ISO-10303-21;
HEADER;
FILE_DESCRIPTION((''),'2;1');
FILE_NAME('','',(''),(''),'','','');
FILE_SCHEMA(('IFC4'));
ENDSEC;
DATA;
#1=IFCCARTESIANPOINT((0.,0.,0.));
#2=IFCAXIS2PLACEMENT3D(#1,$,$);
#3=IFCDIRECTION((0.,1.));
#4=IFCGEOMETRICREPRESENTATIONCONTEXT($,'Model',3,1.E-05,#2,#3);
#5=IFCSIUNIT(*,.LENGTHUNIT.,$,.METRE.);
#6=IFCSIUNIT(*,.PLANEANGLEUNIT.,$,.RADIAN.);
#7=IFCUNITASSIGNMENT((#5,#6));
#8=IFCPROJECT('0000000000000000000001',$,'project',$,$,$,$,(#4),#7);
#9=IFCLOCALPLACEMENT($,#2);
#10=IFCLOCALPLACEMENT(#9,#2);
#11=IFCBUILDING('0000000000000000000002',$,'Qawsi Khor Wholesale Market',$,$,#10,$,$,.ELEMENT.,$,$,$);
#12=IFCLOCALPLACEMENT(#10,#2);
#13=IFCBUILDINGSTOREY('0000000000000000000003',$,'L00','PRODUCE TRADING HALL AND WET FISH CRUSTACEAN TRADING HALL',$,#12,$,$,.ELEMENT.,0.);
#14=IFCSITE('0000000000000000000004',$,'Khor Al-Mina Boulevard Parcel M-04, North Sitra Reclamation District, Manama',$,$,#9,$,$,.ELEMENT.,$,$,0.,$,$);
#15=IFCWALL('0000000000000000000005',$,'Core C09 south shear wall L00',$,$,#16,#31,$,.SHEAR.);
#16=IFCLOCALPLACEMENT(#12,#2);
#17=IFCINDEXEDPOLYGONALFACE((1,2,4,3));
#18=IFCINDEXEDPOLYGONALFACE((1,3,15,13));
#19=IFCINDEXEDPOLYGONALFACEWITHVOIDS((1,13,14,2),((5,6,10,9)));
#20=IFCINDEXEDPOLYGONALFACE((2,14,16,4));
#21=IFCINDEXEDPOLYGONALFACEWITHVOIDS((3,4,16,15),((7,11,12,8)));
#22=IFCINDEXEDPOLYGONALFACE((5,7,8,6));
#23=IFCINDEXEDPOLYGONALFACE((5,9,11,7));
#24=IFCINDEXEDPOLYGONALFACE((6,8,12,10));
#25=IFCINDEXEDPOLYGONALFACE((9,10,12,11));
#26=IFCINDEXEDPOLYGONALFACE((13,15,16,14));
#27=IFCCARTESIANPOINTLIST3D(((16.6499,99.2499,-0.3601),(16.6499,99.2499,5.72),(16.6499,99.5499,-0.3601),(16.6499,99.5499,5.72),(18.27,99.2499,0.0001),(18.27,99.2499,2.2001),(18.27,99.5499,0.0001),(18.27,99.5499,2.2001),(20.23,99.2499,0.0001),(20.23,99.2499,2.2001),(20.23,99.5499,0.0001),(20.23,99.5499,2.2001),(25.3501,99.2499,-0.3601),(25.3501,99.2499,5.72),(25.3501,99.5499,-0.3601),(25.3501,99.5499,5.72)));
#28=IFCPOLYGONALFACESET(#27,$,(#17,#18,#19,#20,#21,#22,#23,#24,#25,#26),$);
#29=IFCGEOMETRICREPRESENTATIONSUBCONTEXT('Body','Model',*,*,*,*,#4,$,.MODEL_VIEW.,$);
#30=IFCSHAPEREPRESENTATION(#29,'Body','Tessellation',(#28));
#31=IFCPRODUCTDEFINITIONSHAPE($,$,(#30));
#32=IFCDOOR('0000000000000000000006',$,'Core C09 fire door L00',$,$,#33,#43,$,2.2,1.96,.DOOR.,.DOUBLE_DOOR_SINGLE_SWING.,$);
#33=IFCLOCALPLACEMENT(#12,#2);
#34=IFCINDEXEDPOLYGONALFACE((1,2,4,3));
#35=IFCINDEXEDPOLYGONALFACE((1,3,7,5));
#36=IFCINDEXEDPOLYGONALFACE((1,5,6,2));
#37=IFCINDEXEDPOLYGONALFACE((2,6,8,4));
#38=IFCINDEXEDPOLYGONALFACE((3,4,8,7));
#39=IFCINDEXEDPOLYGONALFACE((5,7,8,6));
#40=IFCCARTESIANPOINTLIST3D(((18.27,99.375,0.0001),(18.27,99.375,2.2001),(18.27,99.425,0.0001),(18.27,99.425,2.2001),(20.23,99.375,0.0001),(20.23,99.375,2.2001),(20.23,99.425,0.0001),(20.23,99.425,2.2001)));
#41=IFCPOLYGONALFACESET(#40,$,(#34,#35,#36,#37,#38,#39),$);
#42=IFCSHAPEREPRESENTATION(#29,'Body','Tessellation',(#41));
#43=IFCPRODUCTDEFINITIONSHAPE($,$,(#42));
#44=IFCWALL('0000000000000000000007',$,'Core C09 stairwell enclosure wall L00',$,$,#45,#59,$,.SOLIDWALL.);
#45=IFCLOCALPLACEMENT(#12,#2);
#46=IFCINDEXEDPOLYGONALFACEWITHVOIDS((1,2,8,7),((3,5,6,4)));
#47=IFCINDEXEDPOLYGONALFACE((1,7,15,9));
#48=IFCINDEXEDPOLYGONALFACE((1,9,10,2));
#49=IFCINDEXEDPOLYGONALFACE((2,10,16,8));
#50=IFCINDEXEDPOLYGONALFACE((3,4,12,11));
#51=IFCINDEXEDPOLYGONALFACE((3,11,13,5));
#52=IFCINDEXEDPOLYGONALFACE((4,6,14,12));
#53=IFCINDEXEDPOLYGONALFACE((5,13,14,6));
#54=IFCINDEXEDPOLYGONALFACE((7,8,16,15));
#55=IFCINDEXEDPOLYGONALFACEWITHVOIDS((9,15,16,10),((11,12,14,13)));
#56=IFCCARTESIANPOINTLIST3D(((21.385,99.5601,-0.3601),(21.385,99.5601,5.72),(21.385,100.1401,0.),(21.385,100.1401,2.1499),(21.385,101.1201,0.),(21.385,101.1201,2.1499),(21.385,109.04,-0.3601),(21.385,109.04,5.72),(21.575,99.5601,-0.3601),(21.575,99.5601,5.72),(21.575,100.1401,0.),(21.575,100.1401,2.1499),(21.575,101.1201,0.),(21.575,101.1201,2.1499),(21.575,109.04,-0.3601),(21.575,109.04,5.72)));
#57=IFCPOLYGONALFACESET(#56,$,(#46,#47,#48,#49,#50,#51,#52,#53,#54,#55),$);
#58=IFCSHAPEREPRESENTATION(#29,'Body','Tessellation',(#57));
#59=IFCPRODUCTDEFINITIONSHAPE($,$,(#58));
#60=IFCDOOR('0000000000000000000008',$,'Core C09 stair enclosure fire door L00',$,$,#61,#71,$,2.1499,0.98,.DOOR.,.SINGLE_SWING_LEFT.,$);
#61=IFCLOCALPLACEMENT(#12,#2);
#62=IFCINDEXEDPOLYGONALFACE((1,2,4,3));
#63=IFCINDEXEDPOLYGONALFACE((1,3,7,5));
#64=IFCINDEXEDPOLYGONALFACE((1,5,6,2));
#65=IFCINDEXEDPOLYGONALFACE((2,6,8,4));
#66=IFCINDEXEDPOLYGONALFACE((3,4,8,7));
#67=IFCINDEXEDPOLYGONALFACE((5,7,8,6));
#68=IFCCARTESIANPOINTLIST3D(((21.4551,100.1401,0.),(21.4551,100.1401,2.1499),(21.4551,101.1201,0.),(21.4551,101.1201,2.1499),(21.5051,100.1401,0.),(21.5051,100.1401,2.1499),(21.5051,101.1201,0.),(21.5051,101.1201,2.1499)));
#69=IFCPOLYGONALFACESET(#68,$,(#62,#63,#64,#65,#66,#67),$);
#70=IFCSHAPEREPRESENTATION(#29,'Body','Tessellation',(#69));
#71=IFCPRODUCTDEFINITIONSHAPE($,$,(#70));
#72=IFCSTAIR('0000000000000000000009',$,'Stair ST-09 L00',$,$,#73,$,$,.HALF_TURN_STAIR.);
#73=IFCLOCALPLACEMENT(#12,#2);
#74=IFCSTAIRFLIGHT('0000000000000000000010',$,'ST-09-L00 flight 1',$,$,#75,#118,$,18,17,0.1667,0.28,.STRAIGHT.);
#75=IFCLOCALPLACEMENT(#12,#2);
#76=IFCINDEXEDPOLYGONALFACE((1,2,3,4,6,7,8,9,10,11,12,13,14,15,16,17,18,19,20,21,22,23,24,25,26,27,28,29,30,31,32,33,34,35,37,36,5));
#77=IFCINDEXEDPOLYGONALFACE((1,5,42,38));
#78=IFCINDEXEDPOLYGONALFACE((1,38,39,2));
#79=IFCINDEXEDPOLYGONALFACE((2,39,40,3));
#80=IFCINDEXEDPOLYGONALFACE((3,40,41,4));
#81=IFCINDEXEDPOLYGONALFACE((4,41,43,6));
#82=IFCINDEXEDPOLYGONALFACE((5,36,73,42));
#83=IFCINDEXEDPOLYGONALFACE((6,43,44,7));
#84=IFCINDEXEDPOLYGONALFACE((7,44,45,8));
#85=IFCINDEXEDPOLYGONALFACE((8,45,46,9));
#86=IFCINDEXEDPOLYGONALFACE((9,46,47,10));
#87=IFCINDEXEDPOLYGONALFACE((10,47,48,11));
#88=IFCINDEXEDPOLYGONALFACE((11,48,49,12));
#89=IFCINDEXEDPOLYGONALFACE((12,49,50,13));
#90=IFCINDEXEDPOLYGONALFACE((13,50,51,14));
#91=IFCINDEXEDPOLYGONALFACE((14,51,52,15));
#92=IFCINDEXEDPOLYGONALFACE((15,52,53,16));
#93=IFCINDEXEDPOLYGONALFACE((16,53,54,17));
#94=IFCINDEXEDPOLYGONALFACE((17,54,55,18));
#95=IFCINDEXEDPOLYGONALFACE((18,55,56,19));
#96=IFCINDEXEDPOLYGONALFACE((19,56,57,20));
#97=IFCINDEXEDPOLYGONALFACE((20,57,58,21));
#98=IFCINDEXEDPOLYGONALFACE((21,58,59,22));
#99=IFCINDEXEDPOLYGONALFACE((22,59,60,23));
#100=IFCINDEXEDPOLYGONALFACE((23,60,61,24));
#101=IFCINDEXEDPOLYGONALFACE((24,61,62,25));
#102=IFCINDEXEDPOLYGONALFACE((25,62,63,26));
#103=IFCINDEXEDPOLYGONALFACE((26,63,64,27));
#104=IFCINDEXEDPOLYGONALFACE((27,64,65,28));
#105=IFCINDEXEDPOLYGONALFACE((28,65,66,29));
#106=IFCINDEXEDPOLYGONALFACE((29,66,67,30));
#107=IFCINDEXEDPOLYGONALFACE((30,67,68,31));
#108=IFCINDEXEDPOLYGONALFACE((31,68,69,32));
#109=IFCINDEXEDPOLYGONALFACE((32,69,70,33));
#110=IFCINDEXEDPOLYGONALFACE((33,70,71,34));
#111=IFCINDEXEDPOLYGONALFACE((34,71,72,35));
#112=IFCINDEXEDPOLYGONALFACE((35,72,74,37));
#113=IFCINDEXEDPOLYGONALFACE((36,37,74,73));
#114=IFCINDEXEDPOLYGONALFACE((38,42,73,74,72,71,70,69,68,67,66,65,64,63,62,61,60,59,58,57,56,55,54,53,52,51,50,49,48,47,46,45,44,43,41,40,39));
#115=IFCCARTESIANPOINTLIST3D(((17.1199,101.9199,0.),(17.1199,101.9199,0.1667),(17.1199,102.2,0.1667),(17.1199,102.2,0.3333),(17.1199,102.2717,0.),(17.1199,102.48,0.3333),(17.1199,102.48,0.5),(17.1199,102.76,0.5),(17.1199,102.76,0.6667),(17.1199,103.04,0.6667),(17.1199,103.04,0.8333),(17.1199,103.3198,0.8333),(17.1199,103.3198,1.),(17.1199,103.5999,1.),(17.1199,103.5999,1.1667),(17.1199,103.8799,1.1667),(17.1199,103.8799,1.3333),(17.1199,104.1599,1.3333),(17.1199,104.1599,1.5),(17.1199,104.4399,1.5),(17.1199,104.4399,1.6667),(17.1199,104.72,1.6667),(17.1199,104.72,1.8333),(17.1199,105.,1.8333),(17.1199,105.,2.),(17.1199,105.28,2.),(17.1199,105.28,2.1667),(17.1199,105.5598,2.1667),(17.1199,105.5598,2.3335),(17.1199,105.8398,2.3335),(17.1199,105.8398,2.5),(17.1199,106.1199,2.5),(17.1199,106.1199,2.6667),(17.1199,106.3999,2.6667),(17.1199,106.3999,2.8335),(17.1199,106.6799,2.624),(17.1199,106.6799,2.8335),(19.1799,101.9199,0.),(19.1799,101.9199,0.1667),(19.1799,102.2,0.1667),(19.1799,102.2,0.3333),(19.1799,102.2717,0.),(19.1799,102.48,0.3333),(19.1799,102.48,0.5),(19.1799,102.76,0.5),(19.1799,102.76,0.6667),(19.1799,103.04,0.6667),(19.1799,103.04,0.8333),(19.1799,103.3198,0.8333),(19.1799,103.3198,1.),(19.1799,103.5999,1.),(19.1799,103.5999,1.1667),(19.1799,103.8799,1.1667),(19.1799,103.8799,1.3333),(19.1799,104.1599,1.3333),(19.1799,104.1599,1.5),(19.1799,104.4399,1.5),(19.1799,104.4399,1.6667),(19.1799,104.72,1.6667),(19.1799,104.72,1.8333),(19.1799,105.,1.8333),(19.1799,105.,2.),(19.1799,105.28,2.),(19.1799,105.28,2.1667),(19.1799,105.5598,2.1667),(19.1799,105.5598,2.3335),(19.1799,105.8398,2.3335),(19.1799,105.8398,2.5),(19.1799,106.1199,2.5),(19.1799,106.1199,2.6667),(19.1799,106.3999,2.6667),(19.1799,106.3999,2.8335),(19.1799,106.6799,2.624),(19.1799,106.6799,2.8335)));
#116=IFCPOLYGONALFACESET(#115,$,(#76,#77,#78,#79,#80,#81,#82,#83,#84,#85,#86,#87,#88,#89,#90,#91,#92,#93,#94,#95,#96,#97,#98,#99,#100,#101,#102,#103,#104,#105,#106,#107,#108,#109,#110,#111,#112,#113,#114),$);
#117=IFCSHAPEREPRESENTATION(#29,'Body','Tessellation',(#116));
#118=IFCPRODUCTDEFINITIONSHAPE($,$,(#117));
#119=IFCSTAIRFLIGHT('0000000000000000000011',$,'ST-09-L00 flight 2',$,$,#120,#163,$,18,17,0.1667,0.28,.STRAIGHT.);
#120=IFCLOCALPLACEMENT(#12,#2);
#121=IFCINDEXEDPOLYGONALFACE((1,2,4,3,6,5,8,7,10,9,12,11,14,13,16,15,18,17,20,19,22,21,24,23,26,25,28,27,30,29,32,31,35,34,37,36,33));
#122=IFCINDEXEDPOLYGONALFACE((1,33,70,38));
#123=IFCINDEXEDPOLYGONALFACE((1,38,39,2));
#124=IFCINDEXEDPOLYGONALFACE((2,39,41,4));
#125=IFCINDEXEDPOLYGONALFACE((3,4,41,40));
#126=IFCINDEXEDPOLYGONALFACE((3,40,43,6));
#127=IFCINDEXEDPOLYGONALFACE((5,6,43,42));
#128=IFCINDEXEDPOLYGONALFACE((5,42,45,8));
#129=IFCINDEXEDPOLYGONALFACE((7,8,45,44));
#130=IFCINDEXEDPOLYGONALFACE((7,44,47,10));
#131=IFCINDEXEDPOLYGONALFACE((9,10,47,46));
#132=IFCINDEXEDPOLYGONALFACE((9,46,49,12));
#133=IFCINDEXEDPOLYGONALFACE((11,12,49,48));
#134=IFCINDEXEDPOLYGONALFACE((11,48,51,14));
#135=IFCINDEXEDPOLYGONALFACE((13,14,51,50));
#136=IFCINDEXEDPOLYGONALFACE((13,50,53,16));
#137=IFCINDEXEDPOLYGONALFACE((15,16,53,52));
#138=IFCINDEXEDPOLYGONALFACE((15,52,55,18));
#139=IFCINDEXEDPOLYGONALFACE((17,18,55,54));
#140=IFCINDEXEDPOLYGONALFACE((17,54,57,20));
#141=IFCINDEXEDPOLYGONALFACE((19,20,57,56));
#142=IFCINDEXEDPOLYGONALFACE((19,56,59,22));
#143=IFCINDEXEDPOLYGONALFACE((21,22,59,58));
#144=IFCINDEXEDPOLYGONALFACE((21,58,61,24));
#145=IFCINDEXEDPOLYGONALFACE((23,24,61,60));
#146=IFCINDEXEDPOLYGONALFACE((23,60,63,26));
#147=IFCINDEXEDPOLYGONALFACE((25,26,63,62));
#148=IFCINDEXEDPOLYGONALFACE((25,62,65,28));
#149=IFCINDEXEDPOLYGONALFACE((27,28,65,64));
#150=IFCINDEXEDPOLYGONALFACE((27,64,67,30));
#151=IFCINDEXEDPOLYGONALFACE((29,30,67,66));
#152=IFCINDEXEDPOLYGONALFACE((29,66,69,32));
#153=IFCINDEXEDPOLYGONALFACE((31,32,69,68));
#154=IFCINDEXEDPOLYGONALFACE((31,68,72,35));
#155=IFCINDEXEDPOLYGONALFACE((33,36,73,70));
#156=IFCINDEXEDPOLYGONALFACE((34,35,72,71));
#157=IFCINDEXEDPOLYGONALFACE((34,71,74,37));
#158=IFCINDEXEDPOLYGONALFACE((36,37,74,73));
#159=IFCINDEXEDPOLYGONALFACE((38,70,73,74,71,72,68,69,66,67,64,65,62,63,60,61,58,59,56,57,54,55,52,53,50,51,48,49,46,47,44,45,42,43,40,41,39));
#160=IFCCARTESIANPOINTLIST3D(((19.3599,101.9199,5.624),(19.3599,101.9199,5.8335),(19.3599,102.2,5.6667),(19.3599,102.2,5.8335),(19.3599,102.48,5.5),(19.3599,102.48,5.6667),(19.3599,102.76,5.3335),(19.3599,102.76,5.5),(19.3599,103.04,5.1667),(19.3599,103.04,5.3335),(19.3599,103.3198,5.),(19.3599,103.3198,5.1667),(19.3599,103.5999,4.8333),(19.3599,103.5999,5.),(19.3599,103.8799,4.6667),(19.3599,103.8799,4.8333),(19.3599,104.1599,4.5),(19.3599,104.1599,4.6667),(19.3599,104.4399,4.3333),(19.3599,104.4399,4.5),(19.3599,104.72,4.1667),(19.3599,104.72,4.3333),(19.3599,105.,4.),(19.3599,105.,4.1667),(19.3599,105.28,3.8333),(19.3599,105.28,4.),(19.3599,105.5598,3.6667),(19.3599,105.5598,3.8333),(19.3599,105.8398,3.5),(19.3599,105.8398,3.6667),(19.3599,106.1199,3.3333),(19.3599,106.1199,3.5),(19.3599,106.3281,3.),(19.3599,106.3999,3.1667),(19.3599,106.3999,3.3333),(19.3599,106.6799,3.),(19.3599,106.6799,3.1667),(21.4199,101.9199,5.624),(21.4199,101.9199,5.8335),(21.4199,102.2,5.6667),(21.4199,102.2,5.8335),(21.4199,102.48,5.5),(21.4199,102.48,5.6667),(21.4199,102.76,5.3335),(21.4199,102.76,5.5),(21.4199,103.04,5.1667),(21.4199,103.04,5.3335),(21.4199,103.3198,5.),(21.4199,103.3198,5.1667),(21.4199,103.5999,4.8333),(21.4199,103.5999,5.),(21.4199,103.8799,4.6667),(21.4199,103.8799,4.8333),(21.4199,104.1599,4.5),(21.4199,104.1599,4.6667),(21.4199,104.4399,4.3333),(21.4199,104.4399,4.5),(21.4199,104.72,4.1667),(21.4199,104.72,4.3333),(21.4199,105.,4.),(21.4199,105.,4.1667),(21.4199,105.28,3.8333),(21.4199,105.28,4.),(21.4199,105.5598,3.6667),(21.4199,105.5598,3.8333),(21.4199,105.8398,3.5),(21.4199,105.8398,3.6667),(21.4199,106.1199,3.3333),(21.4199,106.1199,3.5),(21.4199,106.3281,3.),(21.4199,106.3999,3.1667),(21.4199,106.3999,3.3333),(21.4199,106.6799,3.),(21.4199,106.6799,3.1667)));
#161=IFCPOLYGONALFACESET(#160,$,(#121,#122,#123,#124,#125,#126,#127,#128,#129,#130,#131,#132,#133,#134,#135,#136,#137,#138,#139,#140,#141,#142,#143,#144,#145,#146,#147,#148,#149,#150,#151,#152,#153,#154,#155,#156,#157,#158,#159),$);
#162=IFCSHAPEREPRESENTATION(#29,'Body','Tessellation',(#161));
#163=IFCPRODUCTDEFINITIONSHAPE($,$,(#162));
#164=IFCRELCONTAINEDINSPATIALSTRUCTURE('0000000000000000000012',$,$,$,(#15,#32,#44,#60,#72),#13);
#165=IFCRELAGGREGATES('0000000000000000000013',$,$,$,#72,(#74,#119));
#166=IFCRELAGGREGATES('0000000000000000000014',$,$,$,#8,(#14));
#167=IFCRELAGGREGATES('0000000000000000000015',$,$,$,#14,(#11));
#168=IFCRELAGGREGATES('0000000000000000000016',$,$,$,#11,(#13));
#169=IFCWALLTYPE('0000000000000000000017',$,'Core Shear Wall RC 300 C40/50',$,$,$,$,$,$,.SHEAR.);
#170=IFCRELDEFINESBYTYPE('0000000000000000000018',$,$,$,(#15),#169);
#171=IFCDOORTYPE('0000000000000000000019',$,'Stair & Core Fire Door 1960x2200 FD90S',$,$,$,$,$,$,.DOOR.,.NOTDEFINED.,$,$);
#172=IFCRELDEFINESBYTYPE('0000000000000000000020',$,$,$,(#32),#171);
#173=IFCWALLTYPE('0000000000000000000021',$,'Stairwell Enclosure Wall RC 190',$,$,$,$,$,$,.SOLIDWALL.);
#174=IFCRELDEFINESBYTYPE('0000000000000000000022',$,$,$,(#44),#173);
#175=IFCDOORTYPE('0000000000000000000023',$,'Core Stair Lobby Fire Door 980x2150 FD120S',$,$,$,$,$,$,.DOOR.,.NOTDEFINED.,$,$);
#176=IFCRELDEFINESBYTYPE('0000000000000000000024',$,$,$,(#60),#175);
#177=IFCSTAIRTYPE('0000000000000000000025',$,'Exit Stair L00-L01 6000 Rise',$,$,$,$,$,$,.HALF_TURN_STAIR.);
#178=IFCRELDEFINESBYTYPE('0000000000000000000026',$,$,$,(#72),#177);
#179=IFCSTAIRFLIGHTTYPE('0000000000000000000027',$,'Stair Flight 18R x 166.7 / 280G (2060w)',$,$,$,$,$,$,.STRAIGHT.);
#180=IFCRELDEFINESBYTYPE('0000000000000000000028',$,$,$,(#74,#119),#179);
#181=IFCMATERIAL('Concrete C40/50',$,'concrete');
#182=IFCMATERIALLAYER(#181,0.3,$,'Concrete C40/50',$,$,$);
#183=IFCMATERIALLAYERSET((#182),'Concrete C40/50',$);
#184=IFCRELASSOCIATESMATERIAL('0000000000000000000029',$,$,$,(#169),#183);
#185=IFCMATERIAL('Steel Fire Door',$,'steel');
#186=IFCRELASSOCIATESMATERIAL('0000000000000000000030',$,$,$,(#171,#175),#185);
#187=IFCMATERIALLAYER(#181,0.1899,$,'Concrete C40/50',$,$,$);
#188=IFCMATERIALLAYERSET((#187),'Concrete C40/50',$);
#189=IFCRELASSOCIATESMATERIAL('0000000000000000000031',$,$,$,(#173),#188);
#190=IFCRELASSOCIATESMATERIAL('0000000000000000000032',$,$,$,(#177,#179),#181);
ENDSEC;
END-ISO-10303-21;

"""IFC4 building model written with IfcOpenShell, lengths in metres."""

from ifc_helpers import new_model, si_unit, direction, frame, frame_2d, origin, place, context, subcontext, project, spatial, polyline, rectangle, outline, extrude, material, layer, layer_set, type_object, element, fill, aggregate, save


model = new_model("IFC4")

# Units and contexts
model_context = context("Model", 3, precision=1e-05, world=origin(), true_north=direction((0.0, 1.0)))
body_context = subcontext(model_context, "Body", "Model", "MODEL_VIEW")
ifc_project = project(units=[si_unit("LENGTHUNIT", "METRE"), si_unit("PLANEANGLEUNIT", "RADIAN")], contexts=[model_context])

# Site, building, storey
site_placement = place(None, origin())
site = spatial("IfcSite", under=ifc_project, at=site_placement, Name="Khor Al-Mina Boulevard Parcel M-04, North Sitra Reclamation District, Manama", CompositionType="ELEMENT", RefElevation=0.0)
building_placement = place(site_placement, origin())
building = spatial("IfcBuilding", under=site, at=building_placement, Name="Qawsi Khor Wholesale Market", CompositionType="ELEMENT")
storey_placement = place(building_placement, origin())
storey = spatial("IfcBuildingStorey", under=building, at=storey_placement, Name="L00", Description="PRODUCE TRADING HALL AND WET FISH CRUSTACEAN TRADING HALL", CompositionType="ELEMENT", Elevation=0.0)

# Shared definitions
ifc_material_1 = material(Name="Concrete C40/50", Category="concrete")

# Walls, openings, doors
ifc_layer_1 = layer(ifc_material_1, 0.3, Name="Concrete C40/50")
ifc_layer_set_1 = layer_set([ifc_layer_1], Name="Concrete C40/50")
wall_type_1 = type_object("IfcWallType", Name="Core Shear Wall RC 300 C40/50", PredefinedType="SHEAR", material=ifc_layer_set_1)
wall_1_placement = place(storey_placement, frame((25.3501, 99.3999, -0.3601), z_axis=(0.0, 0.0, 1.0), x_axis=(-1.0, 0.0, 0.0)))
wall_1 = element("IfcWall", 1, at=wall_1_placement, inside=storey, type_object=wall_type_1, Name="Core C09 south shear wall L00", PredefinedType="SHEAR", context=body_context, shape_type="SweptSolid", body=[
    extrude(rectangle(XDim=8.7002, YDim=0.3, at=frame_2d((4.3501, 0.0))), origin(), (0.0, 0.0, 1.0), 6.0801),
])
opening_1_placement = place(wall_1_placement, frame((5.1201, 0.0, 0.3601)))
opening_1 = element("IfcOpeningElement", 2, at=opening_1_placement, cuts=wall_1, PredefinedType="OPENING", context=body_context, shape_type="SweptSolid", body=[
    extrude(rectangle(XDim=1.96, YDim=2.2, at=frame_2d((0.98, 1.1001))), frame((0.0, 0.1599, 0.0), z_axis=(0.0, -1.0, 0.0), x_axis=(1.0, 0.0, 0.0)), (0.0, 0.0, 1.0), 0.3201),
])
ifc_material_2 = material(Name="Steel Fire Door", Category="steel")
door_type_1 = type_object("IfcDoorType", Name="Stair & Core Fire Door 1960x2200 FD90S", OperationType="NOTDEFINED", PredefinedType="DOOR", material=ifc_material_2)
door_1_placement = place(opening_1_placement, origin())
door_1 = element("IfcDoor", 3, at=door_1_placement, inside=storey, type_object=door_type_1, Name="Core C09 fire door L00", OperationType="DOUBLE_DOOR_SINGLE_SWING", OverallHeight=2.2, OverallWidth=1.96, PredefinedType="DOOR", context=body_context, shape_type="SweptSolid", body=[
    extrude(rectangle(XDim=1.96, YDim=2.2, at=frame_2d((0.98, 1.1001))), frame((0.0, 0.0249, 0.0), z_axis=(0.0, -1.0, 0.0), x_axis=(1.0, 0.0, 0.0)), (0.0, 0.0, 1.0), 0.05),
])
fill(opening_1, door_1)
ifc_layer_2 = layer(ifc_material_1, 0.1899, Name="Concrete C40/50")
ifc_layer_set_2 = layer_set([ifc_layer_2], Name="Concrete C40/50")
wall_type_2 = type_object("IfcWallType", Name="Stairwell Enclosure Wall RC 190", PredefinedType="SOLIDWALL", material=ifc_layer_set_2)
wall_2_placement = place(storey_placement, frame((21.48, 99.5601, -0.3601), z_axis=(0.0, 0.0, 1.0), x_axis=(0.0, 1.0, 0.0)))
wall_2 = element("IfcWall", 4, at=wall_2_placement, inside=storey, type_object=wall_type_2, Name="Core C09 stairwell enclosure wall L00", PredefinedType="SOLIDWALL", context=body_context, shape_type="SweptSolid", body=[
    extrude(rectangle(XDim=9.48, YDim=0.1899, at=frame_2d((4.74, 0.0))), origin(), (0.0, 0.0, 1.0), 6.0801),
])
opening_2_placement = place(wall_2_placement, frame((0.5801, 0.0, 0.3601)))
opening_2 = element("IfcOpeningElement", 5, at=opening_2_placement, cuts=wall_2, PredefinedType="OPENING", context=body_context, shape_type="SweptSolid", body=[
    extrude(rectangle(XDim=0.98, YDim=2.1499, at=frame_2d((0.49, 1.075))), frame((0.0, 0.105, 0.0), z_axis=(0.0, -1.0, 0.0), x_axis=(1.0, 0.0, 0.0)), (0.0, 0.0, 1.0), 0.21),
])
door_type_2 = type_object("IfcDoorType", Name="Core Stair Lobby Fire Door 980x2150 FD120S", OperationType="NOTDEFINED", PredefinedType="DOOR", material=ifc_material_2)
door_2_placement = place(opening_2_placement, origin())
door_2 = element("IfcDoor", 6, at=door_2_placement, inside=storey, type_object=door_type_2, Name="Core C09 stair enclosure fire door L00", OperationType="SINGLE_SWING_LEFT", OverallHeight=2.1499, OverallWidth=0.98, PredefinedType="DOOR", context=body_context, shape_type="SweptSolid", body=[
    extrude(rectangle(XDim=0.98, YDim=2.1499, at=frame_2d((0.49, 1.075))), frame((0.0, 0.0249, 0.0), z_axis=(0.0, -1.0, 0.0), x_axis=(1.0, 0.0, 0.0)), (0.0, 0.0, 1.0), 0.05),
])
fill(opening_2, door_2)

# Stair, stair flights
stair_type = type_object("IfcStairType", Name="Exit Stair L00-L01 6000 Rise", PredefinedType="HALF_TURN_STAIR", material=ifc_material_1)
stair_placement = place(storey_placement, origin())
stair = element("IfcStair", 7, at=stair_placement, inside=storey, type_object=stair_type, Name="Stair ST-09 L00", PredefinedType="HALF_TURN_STAIR")
stair_flight_type = type_object("IfcStairFlightType", Name="Stair Flight 18R x 166.7 / 280G (2060w)", PredefinedType="STRAIGHT", material=ifc_material_1)
stair_flight_1_placement = place(storey_placement, frame((18.1499, 101.9199, 0.0), z_axis=(0.0, 0.0, 1.0), x_axis=(0.0, 1.0, 0.0)))
stair_flight_1 = element("IfcStairFlight", 8, at=stair_flight_1_placement, type_object=stair_flight_type, Name="ST-09-L00 flight 1", NumberOfRisers=18, NumberOfTreads=17, PredefinedType="STRAIGHT", RiserHeight=0.1667, TreadLength=0.28, context=body_context, shape_type="SweptSolid", body=[
    extrude(outline(polyline([(0.0, 0.0), (0.0, 0.1667), (0.28, 0.1667), (0.28, 0.3333), (0.5601, 0.3333), (0.5601, 0.5), (0.8401, 0.5), (0.8401, 0.6667), (1.1201, 0.6667), (1.1201, 0.8333), (1.3999, 0.8333), (1.3999, 1.0), (1.6799, 1.0), (1.6799, 1.1667), (1.96, 1.1667), (1.96, 1.3333), (2.24, 1.3333), (2.24, 1.5), (2.52, 1.5), (2.52, 1.6667), (2.8, 1.6667), (2.8, 1.8333), (3.0801, 1.8333), (3.0801, 2.0), (3.3601, 2.0), (3.3601, 2.1667), (3.6399, 2.1667), (3.6399, 2.3335), (3.9199, 2.3335), (3.9199, 2.5), (4.2, 2.5), (4.2, 2.6667), (4.48, 2.6667), (4.48, 2.8335), (4.76, 2.8335), (4.76, 3.0), (4.76, 2.624), (0.3518, 0.0), (0.0, 0.0)])), frame((0.0, 1.03, 0.0), z_axis=(0.0, -1.0, 0.0), x_axis=(1.0, 0.0, 0.0)), (0.0, 0.0, 1.0), 2.0601),
])
stair_flight_2_placement = place(storey_placement, frame((20.3899, 106.6799, 3.0), z_axis=(0.0, 0.0, 1.0), x_axis=(0.0, -1.0, 0.0)))
stair_flight_2 = element("IfcStairFlight", 9, at=stair_flight_2_placement, type_object=stair_flight_type, Name="ST-09-L00 flight 2", NumberOfRisers=18, NumberOfTreads=17, PredefinedType="STRAIGHT", RiserHeight=0.1667, TreadLength=0.28, context=body_context, shape_type="SweptSolid", body=[
    extrude(outline(polyline([(0.0, 0.0), (0.0, 0.1667), (0.28, 0.1667), (0.28, 0.3333), (0.5601, 0.3333), (0.5601, 0.5), (0.8401, 0.5), (0.8401, 0.6667), (1.1201, 0.6667), (1.1201, 0.8333), (1.3999, 0.8333), (1.3999, 1.0), (1.6799, 1.0), (1.6799, 1.1667), (1.96, 1.1667), (1.96, 1.3333), (2.24, 1.3333), (2.24, 1.5), (2.52, 1.5), (2.52, 1.6667), (2.8, 1.6667), (2.8, 1.8333), (3.0801, 1.8333), (3.0801, 2.0), (3.3601, 2.0), (3.3601, 2.1667), (3.6399, 2.1667), (3.6399, 2.3335), (3.9199, 2.3335), (3.9199, 2.5), (4.2, 2.5), (4.2, 2.6667), (4.48, 2.6667), (4.48, 2.8335), (4.76, 2.8335), (4.76, 3.0), (4.76, 2.624), (0.3518, 0.0), (0.0, 0.0)])), frame((0.0, 1.03, 0.0), z_axis=(0.0, -1.0, 0.0), x_axis=(1.0, 0.0, 0.0)), (0.0, 0.0, 1.0), 2.0601),
])
aggregate(stair, [stair_flight_1, stair_flight_2])

save(model, "model.ifc")
